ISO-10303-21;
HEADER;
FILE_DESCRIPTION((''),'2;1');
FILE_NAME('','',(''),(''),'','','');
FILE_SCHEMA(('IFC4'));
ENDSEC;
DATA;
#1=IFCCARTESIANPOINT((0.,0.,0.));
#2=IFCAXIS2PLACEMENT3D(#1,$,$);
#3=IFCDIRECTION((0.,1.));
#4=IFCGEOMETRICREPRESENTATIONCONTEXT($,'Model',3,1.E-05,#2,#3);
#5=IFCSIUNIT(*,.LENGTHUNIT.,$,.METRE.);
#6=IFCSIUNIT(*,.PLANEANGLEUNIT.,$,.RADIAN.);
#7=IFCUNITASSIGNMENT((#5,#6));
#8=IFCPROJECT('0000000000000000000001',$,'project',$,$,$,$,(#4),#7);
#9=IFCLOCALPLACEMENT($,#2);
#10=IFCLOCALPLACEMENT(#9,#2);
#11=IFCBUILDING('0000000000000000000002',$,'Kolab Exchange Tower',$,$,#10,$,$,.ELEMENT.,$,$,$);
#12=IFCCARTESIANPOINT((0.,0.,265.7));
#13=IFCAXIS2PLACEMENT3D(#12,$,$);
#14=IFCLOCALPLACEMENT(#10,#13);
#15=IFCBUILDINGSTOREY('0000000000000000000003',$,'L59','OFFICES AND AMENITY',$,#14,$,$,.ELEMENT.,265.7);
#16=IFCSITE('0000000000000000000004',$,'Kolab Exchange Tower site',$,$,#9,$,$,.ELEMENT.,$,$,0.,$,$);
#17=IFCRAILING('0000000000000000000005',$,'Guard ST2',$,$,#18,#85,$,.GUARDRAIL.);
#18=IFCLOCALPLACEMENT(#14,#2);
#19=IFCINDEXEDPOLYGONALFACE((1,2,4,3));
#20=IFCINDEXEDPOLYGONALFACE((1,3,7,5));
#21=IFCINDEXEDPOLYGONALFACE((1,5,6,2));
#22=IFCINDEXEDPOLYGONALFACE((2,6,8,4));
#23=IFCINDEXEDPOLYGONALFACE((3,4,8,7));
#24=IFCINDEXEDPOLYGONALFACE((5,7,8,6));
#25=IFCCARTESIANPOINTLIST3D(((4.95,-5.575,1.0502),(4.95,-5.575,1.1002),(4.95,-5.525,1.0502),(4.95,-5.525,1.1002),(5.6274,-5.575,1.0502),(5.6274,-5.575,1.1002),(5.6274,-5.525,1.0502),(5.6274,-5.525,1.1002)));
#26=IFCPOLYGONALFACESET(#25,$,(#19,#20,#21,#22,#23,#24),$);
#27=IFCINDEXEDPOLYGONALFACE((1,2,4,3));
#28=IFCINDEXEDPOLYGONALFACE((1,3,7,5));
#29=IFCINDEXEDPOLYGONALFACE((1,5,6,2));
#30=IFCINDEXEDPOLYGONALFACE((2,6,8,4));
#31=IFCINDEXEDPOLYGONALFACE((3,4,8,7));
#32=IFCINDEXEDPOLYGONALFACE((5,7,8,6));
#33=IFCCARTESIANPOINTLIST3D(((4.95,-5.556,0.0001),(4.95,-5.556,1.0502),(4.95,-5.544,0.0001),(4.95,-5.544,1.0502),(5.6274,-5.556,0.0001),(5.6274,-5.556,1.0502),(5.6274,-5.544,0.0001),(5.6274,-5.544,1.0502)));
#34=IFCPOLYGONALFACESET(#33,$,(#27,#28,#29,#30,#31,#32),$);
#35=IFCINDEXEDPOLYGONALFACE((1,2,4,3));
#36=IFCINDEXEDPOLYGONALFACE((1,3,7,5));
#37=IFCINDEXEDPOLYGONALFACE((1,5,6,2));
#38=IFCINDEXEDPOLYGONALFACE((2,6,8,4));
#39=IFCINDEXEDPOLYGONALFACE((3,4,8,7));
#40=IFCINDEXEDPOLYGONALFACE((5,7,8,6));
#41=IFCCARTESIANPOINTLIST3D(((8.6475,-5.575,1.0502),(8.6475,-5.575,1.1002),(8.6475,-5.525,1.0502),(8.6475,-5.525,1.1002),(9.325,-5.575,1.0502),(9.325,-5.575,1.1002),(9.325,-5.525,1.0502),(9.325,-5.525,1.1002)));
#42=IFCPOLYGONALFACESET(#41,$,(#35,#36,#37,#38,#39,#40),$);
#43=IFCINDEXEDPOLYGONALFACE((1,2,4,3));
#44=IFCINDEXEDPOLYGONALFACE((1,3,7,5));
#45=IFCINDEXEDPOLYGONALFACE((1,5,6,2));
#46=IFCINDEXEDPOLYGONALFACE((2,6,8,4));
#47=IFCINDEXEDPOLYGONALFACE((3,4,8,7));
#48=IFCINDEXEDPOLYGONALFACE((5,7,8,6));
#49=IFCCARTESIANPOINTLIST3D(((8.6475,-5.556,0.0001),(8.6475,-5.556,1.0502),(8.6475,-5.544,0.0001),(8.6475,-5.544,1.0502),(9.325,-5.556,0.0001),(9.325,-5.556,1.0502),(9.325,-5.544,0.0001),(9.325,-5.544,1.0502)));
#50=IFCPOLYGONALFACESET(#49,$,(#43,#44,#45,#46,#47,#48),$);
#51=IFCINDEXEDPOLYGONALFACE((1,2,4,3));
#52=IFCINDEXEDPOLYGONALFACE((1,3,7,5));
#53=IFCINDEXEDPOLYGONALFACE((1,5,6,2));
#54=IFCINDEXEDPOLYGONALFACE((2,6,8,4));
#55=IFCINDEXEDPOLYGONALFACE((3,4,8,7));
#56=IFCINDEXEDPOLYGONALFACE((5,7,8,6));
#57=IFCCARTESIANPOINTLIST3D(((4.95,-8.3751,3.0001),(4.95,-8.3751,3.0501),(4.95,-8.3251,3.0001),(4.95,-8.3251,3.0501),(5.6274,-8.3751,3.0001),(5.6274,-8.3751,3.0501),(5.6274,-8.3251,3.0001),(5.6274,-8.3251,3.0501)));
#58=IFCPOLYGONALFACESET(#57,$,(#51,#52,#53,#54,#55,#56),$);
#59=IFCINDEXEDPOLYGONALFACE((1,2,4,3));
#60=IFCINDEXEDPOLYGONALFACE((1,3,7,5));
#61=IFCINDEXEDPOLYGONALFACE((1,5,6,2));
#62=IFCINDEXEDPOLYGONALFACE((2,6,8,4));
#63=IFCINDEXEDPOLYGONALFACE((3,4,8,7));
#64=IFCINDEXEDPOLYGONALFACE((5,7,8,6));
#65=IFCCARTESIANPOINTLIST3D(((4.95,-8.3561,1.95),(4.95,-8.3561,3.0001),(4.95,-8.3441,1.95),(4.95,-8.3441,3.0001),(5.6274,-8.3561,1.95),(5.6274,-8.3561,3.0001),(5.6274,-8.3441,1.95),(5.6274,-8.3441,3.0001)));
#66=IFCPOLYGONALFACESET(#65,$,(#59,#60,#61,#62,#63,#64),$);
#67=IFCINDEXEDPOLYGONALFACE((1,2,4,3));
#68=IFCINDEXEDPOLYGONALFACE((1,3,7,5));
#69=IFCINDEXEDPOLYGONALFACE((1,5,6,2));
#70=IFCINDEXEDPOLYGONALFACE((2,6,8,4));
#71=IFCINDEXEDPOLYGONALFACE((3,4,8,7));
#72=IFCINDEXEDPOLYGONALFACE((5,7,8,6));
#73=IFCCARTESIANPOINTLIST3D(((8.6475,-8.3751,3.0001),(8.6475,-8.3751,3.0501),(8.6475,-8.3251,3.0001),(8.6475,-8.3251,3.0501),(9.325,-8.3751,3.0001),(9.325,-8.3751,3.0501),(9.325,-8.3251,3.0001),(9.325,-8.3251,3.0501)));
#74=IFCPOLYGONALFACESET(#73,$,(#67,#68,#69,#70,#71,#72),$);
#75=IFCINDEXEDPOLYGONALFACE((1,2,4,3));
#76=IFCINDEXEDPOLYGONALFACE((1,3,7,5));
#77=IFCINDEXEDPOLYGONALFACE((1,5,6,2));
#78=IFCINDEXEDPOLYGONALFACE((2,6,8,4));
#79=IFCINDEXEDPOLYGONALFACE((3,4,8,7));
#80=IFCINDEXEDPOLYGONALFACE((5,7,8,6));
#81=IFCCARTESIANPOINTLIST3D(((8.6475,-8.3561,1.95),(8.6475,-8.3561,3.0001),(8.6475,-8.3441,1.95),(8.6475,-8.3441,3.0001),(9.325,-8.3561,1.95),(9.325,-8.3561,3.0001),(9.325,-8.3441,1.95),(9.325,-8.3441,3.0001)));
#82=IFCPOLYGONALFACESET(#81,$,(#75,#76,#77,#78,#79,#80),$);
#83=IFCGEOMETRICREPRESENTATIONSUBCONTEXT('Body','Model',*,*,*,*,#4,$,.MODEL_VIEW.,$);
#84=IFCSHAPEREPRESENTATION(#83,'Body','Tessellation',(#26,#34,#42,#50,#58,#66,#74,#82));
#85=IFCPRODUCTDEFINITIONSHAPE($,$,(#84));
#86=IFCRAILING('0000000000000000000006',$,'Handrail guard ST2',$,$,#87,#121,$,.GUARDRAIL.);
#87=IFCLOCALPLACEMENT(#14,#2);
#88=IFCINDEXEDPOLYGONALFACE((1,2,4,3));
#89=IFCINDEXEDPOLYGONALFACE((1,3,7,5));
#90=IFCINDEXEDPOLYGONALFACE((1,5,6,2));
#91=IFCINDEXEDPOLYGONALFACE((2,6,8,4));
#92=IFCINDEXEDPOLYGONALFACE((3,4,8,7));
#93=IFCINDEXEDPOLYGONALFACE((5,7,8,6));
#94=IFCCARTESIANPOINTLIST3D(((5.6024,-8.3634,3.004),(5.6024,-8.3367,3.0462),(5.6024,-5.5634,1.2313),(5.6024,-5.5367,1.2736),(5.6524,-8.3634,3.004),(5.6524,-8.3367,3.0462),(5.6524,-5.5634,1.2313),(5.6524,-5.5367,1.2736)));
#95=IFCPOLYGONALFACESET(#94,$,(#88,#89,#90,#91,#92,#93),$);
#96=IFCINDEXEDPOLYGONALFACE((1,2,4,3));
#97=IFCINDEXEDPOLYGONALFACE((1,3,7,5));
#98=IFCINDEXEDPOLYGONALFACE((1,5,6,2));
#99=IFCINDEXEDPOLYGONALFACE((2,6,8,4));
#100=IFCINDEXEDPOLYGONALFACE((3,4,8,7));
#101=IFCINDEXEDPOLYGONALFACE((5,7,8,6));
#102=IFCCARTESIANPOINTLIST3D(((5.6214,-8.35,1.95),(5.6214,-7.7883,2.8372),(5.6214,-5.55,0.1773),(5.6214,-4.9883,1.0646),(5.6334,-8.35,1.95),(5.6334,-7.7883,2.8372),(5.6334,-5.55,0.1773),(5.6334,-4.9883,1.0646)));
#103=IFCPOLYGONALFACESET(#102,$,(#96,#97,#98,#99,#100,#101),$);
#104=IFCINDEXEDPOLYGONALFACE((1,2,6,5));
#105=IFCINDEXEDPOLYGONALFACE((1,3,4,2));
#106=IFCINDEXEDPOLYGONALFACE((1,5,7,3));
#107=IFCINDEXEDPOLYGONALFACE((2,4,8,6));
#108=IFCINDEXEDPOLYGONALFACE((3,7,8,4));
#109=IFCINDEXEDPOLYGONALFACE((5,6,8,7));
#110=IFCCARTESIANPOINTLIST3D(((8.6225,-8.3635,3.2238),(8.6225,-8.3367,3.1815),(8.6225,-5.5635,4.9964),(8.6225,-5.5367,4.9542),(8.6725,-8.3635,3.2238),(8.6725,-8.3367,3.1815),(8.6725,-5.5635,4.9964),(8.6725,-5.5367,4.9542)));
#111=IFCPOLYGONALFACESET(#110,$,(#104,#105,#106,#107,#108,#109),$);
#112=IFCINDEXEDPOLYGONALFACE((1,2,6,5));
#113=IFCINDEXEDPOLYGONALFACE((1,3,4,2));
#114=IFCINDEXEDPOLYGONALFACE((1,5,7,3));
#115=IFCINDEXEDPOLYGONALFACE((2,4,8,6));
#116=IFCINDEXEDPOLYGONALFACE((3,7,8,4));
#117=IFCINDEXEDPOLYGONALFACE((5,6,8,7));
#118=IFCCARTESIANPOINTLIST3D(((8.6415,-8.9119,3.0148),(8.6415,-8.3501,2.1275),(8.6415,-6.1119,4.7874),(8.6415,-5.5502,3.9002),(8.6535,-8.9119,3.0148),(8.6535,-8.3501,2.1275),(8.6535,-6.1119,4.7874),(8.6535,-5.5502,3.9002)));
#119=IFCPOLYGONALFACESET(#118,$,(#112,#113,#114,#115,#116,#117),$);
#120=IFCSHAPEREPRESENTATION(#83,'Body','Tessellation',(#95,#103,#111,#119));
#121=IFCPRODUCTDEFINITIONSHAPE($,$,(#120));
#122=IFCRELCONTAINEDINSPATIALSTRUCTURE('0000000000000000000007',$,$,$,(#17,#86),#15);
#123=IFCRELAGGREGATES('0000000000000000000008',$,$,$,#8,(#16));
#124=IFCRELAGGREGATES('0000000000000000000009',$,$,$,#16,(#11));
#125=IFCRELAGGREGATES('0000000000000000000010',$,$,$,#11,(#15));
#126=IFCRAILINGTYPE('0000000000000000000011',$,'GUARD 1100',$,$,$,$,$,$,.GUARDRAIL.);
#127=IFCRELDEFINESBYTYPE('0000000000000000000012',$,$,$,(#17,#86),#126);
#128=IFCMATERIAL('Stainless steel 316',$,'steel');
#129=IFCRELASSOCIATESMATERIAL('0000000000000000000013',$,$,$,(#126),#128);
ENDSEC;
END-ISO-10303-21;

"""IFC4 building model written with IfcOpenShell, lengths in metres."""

from ifc_helpers import new_model, si_unit, direction, frame, frame_2d, origin, origin_2d, place, context, subcontext, project, spatial, rectangle, extrude, material, type_object, element, save


model = new_model("IFC4")

# Units and contexts
model_context = context("Model", 3, precision=1e-05, world=origin(), true_north=direction((0.0, 1.0)))
body_context = subcontext(model_context, "Body", "Model", "MODEL_VIEW")
ifc_project = project(units=[si_unit("LENGTHUNIT", "METRE"), si_unit("PLANEANGLEUNIT", "RADIAN")], contexts=[model_context])

# Site, building, storey
site_placement = place(None, origin())
site = spatial("IfcSite", under=ifc_project, at=site_placement, Name="Kolab Exchange Tower site", CompositionType="ELEMENT", RefElevation=0.0)
building_placement = place(site_placement, origin())
building = spatial("IfcBuilding", under=site, at=building_placement, Name="Kolab Exchange Tower", CompositionType="ELEMENT")
storey_placement = place(building_placement, frame((0.0, 0.0, 265.7)))
storey = spatial("IfcBuildingStorey", under=building, at=storey_placement, Name="L59", Description="OFFICES AND AMENITY", CompositionType="ELEMENT", Elevation=265.7)

# Shared definitions
ifc_material_1 = material(Name="Stainless steel 316", Category="steel")

# Railings
railing_type = type_object("IfcRailingType", Name="GUARD 1100", PredefinedType="GUARDRAIL", material=ifc_material_1)
railing_1_placement = place(storey_placement, frame((4.95, -5.55, 0.0)))
element("IfcRailing", 1, at=railing_1_placement, inside=storey, type_object=railing_type, Name="Guard ST2", PredefinedType="GUARDRAIL", context=body_context, shape_type="SweptSolid", body=[
    extrude(rectangle(XDim=0.05, YDim=0.05, at=origin_2d()), frame((0.0, 0.0, 1.0752), z_axis=(1.0, 0.0, 0.0), x_axis=(0.0, 1.0, 0.0)), (0.0, 0.0, 1.0), 0.6775),
    extrude(rectangle(XDim=0.012, YDim=1.0501, at=frame_2d((0.0, 0.5251))), frame((0.0, 0.0, 0.0), z_axis=(1.0, 0.0, 0.0), x_axis=(0.0, 1.0, 0.0)), (0.0, 0.0, 1.0), 0.6775),
    extrude(rectangle(XDim=0.05, YDim=0.05, at=origin_2d()), frame((3.6975, 0.0, 1.0752), z_axis=(1.0, 0.0, 0.0), x_axis=(0.0, 1.0, 0.0)), (0.0, 0.0, 1.0), 0.6775),
    extrude(rectangle(XDim=0.012, YDim=1.0501, at=frame_2d((0.0, 0.5251))), frame((3.6975, 0.0, 0.0), z_axis=(1.0, 0.0, 0.0), x_axis=(0.0, 1.0, 0.0)), (0.0, 0.0, 1.0), 0.6775),
    extrude(rectangle(XDim=0.05, YDim=0.05, at=origin_2d()), frame((0.0, -2.8, 3.0251), z_axis=(1.0, 0.0, 0.0), x_axis=(0.0, 1.0, 0.0)), (0.0, 0.0, 1.0), 0.6775),
    extrude(rectangle(XDim=0.012, YDim=1.0501, at=frame_2d((0.0, 0.5251))), frame((0.0, -2.8, 1.95), z_axis=(1.0, 0.0, 0.0), x_axis=(0.0, 1.0, 0.0)), (0.0, 0.0, 1.0), 0.6775),
    extrude(rectangle(XDim=0.05, YDim=0.05, at=origin_2d()), frame((3.6975, -2.8, 3.0251), z_axis=(1.0, 0.0, 0.0), x_axis=(0.0, 1.0, 0.0)), (0.0, 0.0, 1.0), 0.6775),
    extrude(rectangle(XDim=0.012, YDim=1.0501, at=frame_2d((0.0, 0.5251))), frame((3.6975, -2.8, 1.95), z_axis=(1.0, 0.0, 0.0), x_axis=(0.0, 1.0, 0.0)), (0.0, 0.0, 1.0), 0.6775),
])
railing_2_placement = place(storey_placement, frame((5.6274, -5.55, 0.1772)))
element("IfcRailing", 2, at=railing_2_placement, inside=storey, type_object=railing_type, Name="Handrail guard ST2", PredefinedType="GUARDRAIL", context=body_context, shape_type="SweptSolid", body=[
    extrude(rectangle(XDim=0.05, YDim=0.05, at=origin_2d()), frame((0.0, 0.0, 1.0752), z_axis=(0.0, -0.844909, 0.53491), x_axis=(1.0, 0.0, 0.0)), (0.0, 0.0, 1.0), 3.314),
    extrude(rectangle(XDim=0.012, YDim=1.0501, at=frame_2d((0.0, 0.5251))), frame((0.0, 0.0, 0.0), z_axis=(0.0, -0.844909, 0.53491), x_axis=(1.0, 0.0, 0.0)), (0.0, 0.0, 1.0), 3.314),
    extrude(rectangle(XDim=0.05, YDim=0.05, at=origin_2d()), frame((3.02, -2.8, 3.0254), z_axis=(0.0, 0.844909, 0.53491), x_axis=(-1.0, 0.0, 0.0)), (0.0, 0.0, 1.0), 3.314),
    extrude(rectangle(XDim=0.012, YDim=1.0501, at=frame_2d((0.0, 0.5251))), frame((3.02, -2.8, 1.9502), z_axis=(0.0, 0.844909, 0.53491), x_axis=(-1.0, 0.0, 0.0)), (0.0, 0.0, 1.0), 3.314),
])

save(model, "model.ifc")
